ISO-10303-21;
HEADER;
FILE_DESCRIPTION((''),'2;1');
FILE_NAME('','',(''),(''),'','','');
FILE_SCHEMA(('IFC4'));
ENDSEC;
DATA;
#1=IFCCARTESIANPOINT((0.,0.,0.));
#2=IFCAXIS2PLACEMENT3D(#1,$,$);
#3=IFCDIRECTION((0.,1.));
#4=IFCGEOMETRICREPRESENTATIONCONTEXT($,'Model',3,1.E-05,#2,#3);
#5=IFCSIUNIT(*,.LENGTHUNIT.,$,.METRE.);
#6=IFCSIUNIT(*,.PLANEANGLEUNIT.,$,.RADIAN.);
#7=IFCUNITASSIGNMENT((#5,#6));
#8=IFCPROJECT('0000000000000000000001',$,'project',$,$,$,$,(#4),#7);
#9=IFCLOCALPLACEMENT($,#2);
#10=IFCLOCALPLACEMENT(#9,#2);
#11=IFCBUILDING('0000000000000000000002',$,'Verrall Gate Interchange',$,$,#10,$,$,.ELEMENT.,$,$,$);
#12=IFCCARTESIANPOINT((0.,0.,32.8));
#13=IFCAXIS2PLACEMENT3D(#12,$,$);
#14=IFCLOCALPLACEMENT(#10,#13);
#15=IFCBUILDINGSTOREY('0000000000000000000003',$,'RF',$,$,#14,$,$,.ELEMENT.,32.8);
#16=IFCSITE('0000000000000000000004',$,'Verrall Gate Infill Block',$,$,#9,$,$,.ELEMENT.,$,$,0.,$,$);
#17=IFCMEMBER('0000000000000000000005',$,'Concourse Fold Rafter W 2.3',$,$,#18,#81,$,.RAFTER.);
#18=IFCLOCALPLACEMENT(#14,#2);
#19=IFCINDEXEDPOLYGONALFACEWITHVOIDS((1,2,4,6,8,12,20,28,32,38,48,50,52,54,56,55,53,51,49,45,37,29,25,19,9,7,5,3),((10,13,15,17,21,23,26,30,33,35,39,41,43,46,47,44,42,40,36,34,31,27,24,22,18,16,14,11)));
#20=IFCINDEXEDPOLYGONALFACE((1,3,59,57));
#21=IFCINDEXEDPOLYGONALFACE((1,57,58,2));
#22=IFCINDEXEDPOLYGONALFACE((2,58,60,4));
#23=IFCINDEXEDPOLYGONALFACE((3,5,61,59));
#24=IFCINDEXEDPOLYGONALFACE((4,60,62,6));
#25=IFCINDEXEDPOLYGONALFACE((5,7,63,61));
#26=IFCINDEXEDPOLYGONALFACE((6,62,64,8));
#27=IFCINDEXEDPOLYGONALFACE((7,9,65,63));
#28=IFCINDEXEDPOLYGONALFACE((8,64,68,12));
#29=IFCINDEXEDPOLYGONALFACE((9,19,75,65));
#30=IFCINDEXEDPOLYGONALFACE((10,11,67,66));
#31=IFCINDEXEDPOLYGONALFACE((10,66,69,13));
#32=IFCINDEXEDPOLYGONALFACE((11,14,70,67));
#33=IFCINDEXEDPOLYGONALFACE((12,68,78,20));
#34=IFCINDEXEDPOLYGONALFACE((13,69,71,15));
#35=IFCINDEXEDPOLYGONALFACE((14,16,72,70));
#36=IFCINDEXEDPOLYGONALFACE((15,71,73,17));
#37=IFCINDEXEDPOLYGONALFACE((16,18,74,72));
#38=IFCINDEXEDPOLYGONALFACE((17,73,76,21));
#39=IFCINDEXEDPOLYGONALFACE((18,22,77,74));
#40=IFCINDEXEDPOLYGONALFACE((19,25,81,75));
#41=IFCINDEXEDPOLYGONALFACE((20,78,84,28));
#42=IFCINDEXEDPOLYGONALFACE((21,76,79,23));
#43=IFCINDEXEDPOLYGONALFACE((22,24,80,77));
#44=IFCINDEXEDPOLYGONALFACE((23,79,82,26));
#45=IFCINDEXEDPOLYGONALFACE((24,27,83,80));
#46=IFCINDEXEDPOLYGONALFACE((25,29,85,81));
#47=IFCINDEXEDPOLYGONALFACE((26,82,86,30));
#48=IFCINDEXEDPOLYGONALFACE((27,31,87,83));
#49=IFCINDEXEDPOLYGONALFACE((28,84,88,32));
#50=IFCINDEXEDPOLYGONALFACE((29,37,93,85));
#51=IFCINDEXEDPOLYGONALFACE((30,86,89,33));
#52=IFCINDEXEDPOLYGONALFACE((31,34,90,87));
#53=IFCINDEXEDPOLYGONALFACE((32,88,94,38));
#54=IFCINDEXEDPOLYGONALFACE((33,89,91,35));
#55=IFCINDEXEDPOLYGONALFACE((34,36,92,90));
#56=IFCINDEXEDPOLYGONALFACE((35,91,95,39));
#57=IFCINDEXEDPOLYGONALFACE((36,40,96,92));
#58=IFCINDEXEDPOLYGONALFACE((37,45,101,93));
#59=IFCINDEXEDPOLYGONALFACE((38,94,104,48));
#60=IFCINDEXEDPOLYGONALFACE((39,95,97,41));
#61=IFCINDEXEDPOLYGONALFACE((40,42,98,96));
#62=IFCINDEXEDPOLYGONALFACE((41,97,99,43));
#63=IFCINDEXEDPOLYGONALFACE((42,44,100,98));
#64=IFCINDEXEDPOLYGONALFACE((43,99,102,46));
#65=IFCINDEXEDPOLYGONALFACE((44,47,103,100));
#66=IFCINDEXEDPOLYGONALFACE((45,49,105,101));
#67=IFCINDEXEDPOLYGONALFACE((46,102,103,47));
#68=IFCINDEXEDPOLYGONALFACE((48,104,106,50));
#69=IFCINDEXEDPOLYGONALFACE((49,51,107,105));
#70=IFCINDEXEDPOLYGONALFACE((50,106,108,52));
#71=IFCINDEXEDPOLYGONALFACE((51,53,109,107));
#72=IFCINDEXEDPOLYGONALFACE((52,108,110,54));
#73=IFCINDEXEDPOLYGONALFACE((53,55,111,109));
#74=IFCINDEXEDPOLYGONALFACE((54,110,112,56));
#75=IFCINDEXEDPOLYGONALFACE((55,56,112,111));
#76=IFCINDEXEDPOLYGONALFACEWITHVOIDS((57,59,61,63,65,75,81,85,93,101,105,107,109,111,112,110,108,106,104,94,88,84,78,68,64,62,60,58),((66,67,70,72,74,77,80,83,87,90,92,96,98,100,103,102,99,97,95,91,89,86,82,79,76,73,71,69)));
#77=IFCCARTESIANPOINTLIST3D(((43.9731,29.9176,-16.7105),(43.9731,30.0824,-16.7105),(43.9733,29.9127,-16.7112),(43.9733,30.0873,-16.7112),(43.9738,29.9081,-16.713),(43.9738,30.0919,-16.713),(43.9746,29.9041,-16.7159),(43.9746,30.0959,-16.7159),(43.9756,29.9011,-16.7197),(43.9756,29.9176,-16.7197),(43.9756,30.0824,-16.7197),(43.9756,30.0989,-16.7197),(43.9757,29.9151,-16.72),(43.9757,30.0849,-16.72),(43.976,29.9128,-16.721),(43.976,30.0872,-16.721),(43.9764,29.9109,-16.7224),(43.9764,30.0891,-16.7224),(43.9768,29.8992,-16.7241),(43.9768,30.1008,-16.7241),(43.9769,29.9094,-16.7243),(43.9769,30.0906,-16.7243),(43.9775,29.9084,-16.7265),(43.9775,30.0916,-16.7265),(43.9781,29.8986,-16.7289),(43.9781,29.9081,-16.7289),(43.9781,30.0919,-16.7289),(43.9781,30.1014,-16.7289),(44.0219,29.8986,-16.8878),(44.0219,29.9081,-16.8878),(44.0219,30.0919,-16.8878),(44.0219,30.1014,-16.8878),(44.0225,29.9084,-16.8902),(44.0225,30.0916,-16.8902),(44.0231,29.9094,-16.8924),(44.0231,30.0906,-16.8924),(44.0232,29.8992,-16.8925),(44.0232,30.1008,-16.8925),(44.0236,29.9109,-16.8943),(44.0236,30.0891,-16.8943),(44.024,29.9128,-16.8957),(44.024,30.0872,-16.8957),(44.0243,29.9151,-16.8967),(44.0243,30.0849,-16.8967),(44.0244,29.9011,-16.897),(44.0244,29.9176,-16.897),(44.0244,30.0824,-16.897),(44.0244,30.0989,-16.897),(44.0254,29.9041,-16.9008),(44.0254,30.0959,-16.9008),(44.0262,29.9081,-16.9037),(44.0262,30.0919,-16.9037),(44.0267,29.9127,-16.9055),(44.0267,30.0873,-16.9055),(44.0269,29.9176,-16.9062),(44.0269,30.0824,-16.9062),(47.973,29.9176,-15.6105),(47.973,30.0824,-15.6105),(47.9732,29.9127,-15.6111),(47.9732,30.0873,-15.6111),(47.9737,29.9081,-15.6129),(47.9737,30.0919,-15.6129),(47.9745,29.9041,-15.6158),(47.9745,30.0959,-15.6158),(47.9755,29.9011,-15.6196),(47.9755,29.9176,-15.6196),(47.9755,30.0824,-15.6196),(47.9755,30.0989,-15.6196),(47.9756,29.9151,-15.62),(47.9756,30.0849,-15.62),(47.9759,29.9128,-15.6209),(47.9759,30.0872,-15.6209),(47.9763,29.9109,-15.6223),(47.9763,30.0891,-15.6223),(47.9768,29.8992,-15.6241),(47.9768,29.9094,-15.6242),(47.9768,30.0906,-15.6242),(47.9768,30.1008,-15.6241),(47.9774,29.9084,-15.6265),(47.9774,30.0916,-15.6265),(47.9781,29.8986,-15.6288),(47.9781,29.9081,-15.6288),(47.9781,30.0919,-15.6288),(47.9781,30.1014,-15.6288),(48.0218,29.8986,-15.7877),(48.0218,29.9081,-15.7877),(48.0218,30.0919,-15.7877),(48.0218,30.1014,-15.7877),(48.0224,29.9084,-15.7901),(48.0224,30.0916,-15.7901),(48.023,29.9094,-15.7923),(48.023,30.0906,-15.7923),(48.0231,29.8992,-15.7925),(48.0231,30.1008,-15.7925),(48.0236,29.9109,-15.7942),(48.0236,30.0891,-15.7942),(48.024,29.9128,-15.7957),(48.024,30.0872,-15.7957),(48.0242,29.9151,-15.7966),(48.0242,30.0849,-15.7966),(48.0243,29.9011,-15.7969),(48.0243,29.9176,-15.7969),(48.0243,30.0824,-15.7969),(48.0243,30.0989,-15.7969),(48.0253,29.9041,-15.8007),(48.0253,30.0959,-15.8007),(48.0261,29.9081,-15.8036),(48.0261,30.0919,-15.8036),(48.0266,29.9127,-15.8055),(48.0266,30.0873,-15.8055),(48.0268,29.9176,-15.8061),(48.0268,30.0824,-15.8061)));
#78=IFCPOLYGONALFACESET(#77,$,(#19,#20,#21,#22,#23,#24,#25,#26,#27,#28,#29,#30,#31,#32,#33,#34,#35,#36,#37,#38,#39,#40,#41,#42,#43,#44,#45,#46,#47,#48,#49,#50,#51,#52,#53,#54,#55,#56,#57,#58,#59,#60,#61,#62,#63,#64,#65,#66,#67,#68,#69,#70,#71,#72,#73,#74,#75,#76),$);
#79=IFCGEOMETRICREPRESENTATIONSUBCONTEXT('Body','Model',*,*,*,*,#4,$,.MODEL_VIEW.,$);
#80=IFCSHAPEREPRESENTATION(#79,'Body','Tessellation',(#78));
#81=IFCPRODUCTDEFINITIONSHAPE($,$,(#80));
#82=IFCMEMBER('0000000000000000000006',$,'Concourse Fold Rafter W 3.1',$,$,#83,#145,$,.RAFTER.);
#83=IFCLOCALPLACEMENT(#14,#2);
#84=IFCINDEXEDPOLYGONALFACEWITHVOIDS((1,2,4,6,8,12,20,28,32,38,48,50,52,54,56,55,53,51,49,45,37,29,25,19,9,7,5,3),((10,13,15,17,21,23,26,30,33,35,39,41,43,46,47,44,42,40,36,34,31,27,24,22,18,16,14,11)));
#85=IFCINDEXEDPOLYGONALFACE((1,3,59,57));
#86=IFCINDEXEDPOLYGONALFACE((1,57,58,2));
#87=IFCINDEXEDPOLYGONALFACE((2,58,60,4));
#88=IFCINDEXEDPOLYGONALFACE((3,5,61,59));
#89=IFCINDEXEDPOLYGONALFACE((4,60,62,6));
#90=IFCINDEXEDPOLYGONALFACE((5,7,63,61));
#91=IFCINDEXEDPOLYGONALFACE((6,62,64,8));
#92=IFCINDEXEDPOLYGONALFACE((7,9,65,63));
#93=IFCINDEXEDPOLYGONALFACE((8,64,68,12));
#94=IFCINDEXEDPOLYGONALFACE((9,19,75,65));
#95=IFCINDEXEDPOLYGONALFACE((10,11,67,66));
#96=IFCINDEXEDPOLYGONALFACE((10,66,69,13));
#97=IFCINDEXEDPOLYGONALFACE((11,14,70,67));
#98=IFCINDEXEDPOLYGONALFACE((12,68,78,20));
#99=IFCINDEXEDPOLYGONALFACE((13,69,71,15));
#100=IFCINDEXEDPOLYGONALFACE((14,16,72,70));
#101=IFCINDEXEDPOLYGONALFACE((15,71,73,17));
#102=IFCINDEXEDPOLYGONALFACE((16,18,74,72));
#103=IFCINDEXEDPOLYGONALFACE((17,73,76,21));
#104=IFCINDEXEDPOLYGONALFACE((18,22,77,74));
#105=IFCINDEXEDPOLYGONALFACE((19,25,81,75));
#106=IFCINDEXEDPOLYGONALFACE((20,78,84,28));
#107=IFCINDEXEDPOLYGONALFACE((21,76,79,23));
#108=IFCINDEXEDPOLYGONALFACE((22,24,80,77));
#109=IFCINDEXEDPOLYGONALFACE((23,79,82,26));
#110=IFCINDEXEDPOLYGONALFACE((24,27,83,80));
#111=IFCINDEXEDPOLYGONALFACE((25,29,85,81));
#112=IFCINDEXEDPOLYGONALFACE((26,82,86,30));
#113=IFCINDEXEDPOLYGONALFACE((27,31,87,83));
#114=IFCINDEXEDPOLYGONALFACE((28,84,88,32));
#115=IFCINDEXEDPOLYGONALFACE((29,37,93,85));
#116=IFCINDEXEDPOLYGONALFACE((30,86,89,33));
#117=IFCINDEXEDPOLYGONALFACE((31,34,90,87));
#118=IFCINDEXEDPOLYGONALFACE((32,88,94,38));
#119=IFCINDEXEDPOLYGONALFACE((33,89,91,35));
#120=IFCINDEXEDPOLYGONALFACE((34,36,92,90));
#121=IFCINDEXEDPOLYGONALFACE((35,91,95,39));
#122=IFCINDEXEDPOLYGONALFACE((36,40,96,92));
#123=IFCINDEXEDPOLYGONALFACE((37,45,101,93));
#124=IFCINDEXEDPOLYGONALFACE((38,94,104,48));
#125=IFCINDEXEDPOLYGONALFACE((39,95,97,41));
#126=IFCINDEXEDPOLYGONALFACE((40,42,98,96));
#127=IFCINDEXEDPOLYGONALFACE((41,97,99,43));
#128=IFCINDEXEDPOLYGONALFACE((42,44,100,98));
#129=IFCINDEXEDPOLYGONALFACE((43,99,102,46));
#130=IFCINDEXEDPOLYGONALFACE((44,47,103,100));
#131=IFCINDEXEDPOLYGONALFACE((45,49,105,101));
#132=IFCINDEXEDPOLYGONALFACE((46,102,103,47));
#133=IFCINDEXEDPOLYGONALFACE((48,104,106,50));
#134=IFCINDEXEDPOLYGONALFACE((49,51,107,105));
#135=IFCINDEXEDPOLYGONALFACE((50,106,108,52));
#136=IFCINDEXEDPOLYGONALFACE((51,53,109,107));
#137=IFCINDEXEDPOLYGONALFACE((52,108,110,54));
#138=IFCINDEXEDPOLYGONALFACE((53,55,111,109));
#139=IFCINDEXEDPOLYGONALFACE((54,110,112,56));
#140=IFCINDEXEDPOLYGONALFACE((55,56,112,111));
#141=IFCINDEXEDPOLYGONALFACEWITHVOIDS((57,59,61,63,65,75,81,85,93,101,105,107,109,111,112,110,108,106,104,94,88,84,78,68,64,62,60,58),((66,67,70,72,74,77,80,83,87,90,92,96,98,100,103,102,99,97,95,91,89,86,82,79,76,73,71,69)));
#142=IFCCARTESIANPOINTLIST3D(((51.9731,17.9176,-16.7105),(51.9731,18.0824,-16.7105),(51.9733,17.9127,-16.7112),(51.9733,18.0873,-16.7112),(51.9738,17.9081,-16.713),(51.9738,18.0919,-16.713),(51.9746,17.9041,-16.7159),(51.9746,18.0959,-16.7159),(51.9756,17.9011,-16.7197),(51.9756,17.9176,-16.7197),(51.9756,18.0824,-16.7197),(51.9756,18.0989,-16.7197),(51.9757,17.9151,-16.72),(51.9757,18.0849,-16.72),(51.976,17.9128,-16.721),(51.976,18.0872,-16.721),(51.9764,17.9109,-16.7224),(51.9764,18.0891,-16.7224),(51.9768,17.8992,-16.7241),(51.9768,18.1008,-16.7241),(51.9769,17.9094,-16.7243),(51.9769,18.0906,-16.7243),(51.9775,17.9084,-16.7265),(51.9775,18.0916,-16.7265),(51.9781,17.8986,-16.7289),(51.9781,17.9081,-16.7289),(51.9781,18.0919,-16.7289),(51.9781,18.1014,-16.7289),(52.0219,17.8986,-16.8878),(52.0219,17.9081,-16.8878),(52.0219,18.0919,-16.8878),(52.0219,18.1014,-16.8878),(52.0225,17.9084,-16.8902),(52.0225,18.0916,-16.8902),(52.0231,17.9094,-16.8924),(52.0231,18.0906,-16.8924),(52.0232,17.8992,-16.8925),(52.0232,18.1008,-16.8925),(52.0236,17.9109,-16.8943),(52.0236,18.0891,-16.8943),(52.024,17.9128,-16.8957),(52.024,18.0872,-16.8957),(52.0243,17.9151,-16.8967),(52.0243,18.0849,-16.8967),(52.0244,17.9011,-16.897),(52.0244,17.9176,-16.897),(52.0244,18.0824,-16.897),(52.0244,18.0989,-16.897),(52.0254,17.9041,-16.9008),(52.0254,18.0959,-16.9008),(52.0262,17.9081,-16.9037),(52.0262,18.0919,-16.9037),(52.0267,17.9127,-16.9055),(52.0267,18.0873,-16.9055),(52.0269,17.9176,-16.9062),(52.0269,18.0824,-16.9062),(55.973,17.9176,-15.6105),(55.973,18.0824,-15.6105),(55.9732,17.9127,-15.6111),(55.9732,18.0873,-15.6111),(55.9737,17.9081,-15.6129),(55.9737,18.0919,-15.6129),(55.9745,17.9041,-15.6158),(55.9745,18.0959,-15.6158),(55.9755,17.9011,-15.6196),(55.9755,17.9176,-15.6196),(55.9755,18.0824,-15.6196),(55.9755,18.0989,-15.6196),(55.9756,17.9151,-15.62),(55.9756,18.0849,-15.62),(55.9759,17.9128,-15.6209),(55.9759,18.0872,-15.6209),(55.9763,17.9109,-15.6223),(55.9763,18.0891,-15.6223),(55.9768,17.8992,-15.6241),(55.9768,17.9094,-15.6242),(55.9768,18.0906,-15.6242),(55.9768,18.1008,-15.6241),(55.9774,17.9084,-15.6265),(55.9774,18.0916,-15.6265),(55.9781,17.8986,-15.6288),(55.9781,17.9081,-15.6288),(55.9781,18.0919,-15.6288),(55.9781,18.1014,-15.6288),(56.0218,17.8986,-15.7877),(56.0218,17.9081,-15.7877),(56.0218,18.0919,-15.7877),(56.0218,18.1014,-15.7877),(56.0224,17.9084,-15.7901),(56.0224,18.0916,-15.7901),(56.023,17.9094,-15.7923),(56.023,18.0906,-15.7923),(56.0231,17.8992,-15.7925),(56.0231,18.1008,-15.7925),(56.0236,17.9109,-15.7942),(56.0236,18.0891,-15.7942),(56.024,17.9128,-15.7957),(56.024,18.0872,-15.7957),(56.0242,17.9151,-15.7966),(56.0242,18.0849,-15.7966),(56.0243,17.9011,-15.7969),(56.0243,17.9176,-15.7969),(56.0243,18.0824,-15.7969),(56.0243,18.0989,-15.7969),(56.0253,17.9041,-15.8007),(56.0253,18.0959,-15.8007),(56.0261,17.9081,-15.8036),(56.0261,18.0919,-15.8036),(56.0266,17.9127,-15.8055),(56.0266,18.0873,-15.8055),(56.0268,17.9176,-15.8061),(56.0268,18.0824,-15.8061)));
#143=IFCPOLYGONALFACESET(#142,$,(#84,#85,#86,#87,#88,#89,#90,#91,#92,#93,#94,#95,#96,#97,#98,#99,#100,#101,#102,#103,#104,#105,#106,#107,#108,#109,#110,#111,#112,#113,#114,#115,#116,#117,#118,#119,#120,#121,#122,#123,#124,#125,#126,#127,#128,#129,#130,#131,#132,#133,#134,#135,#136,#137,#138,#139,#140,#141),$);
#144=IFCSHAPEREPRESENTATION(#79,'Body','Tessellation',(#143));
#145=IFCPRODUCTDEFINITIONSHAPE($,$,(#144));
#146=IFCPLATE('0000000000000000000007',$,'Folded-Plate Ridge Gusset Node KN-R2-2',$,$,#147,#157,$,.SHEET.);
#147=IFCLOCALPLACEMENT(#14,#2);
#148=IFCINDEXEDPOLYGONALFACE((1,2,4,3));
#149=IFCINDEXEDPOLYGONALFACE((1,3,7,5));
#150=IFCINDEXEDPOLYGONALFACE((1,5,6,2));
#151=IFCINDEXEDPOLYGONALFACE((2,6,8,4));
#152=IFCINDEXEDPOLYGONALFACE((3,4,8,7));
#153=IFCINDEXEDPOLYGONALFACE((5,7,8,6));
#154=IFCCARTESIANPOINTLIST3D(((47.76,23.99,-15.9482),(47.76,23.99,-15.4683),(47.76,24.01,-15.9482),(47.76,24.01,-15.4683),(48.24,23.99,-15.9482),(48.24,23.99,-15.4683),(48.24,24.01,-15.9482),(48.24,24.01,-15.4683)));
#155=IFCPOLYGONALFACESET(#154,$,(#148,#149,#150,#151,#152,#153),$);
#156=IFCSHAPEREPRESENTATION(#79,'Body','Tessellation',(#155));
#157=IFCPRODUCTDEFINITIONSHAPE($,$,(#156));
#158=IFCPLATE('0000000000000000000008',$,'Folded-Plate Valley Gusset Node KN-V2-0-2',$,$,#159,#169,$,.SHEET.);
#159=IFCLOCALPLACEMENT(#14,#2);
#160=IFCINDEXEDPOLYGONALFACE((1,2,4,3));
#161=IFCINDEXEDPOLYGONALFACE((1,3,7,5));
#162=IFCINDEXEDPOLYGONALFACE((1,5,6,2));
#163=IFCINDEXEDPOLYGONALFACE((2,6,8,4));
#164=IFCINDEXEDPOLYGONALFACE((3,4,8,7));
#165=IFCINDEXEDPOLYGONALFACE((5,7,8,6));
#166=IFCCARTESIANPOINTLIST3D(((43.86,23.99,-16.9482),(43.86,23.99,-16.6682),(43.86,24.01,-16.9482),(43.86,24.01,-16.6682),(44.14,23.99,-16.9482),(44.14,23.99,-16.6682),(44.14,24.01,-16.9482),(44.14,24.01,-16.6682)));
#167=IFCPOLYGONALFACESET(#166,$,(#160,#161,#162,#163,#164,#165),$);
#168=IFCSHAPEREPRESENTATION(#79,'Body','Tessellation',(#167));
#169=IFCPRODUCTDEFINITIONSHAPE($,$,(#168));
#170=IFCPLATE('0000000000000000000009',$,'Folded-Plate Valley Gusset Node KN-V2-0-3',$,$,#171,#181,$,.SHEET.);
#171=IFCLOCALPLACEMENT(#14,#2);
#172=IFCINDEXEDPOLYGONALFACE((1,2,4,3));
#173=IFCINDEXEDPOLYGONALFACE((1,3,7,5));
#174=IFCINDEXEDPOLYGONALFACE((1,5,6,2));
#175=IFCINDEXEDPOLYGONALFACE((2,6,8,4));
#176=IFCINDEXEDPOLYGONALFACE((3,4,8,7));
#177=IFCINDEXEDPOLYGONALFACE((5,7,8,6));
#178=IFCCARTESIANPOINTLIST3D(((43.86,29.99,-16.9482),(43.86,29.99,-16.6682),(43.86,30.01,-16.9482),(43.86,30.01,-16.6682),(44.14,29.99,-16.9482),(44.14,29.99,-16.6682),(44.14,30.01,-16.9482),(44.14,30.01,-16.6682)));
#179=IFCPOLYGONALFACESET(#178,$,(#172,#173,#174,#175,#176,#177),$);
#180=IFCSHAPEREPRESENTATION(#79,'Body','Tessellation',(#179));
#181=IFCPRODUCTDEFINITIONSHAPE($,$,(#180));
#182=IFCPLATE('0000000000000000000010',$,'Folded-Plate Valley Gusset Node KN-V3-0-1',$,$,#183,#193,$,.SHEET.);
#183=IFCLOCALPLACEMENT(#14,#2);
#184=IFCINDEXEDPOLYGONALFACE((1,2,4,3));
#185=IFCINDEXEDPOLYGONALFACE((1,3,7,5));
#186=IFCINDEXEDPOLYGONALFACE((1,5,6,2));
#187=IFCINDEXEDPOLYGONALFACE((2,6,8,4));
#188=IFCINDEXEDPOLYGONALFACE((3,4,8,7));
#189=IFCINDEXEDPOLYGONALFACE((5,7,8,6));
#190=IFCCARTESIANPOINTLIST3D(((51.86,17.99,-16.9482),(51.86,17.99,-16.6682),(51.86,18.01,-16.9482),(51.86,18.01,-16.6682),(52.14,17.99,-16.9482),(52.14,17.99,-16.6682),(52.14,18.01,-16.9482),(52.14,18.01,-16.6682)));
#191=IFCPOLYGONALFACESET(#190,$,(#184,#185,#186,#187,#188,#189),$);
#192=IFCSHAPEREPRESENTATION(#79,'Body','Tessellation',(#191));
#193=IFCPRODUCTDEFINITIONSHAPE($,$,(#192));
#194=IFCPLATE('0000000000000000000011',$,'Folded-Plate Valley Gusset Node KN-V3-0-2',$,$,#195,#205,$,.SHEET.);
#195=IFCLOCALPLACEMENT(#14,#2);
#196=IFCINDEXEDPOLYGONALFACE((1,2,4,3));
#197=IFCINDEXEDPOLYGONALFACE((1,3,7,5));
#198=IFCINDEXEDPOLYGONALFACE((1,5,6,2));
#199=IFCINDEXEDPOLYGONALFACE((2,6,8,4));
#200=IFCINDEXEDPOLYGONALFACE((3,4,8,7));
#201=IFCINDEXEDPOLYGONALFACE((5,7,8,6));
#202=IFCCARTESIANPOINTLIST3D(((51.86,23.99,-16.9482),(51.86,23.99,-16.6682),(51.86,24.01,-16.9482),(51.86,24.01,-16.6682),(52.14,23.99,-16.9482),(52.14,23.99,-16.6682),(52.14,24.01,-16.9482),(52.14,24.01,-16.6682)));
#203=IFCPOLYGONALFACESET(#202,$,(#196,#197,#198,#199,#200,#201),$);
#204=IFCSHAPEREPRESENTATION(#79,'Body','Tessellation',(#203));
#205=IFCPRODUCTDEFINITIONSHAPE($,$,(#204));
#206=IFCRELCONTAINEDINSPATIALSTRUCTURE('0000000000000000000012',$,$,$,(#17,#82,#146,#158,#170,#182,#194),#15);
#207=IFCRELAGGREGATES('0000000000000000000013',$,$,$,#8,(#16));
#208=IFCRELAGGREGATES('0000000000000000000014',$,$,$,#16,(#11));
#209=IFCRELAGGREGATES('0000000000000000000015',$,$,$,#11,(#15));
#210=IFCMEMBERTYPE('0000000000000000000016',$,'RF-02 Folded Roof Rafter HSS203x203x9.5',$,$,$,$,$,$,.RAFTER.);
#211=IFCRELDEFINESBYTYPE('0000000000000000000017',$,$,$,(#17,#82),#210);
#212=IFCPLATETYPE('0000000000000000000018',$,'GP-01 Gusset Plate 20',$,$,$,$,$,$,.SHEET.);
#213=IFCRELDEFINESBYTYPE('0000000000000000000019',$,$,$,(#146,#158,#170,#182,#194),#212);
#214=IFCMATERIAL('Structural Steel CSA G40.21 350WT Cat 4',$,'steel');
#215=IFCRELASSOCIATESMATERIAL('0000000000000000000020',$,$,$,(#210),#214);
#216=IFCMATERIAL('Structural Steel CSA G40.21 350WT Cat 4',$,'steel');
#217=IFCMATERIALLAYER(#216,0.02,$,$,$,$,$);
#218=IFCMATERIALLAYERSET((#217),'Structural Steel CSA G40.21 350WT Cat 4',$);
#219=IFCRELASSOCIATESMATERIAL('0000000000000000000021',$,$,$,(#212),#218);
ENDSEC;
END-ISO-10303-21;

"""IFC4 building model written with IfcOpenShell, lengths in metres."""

from ifc_helpers import new_model, si_unit, direction, frame, origin, origin_2d, place, context, subcontext, project, spatial, rectangle, hollow_rectangle, extrude, material, layer, layer_set, material_profile, profile_set, type_object, element, save


model = new_model("IFC4")

# Units and contexts
model_context = context("Model", 3, precision=1e-05, world=origin(), true_north=direction((0.0, 1.0)))
body_context = subcontext(model_context, "Body", "Model", "MODEL_VIEW")
ifc_project = project(units=[si_unit("LENGTHUNIT", "METRE"), si_unit("PLANEANGLEUNIT", "RADIAN")], contexts=[model_context])

# Site, building, storey
site_placement = place(None, origin())
site = spatial("IfcSite", under=ifc_project, at=site_placement, Name="Verrall Gate Infill Block", CompositionType="ELEMENT", RefElevation=0.0)
building_placement = place(site_placement, origin())
building = spatial("IfcBuilding", under=site, at=building_placement, Name="Verrall Gate Interchange", CompositionType="ELEMENT")
storey_placement = place(building_placement, frame((0.0, 0.0, 32.8)))
storey = spatial("IfcBuildingStorey", under=building, at=storey_placement, Name="RF", CompositionType="ELEMENT", Elevation=32.8)

# Members
ifc_material_1 = material(Name="Structural Steel CSA G40.21 350WT Cat 4", Category="steel")
ifc_material_profile_1 = material_profile(ifc_material_1, hollow_rectangle(XDim=0.2029, YDim=0.2029, WallThickness=0.0095, InnerFilletRadius=0.0095, OuterFilletRadius=0.019, at=origin_2d()), Name="HSS203x203x9.5")
ifc_profile_set_1 = profile_set([ifc_material_profile_1], Name="Structural Steel CSA G40.21 350WT Cat 4")
member_type_1 = type_object("IfcMemberType", Name="RF-02 Folded Roof Rafter HSS203x203x9.5", PredefinedType="RAFTER", material=ifc_profile_set_1)
for number, where, z_axis, x_axis, name in (
    (1, (44.0, 30.0, -16.8083), (0.964199, 0.0, 0.265178), (0.0, 1.0, 0.0), "Concourse Fold Rafter W 2.3"),
    (2, (52.0, 18.0, -16.8083), (0.964199, 0.0, 0.265178), (0.0, 1.0, 0.0), "Concourse Fold Rafter W 3.1"),
):
    element("IfcMember", number, at=place(storey_placement, frame(where, z_axis=z_axis, x_axis=x_axis)), inside=storey, type_object=member_type_1, Name=name, PredefinedType="RAFTER", context=body_context, shape_type="SweptSolid", body=[
        extrude(hollow_rectangle(XDim=0.2029, YDim=0.2029, WallThickness=0.0095, InnerFilletRadius=0.0095, OuterFilletRadius=0.019, at=origin_2d()), origin(), (0.0, 0.0, 1.0), 4.1484),
    ])

# Plates
ifc_material_2 = material(Name="Structural Steel CSA G40.21 350WT Cat 4", Category="steel")
ifc_layer = layer(ifc_material_2, 0.02)
ifc_layer_set = layer_set([ifc_layer], Name="Structural Steel CSA G40.21 350WT Cat 4")
plate_type = type_object("IfcPlateType", Name="GP-01 Gusset Plate 20", PredefinedType="SHEET", material=ifc_layer_set)
plate_placement = place(storey_placement, frame((48.0, 24.0, -15.9482), z_axis=(0.0, 0.0, 1.0), x_axis=(1.0, 0.0, 0.0)))
element("IfcPlate", 3, at=plate_placement, inside=storey, type_object=plate_type, Name="Folded-Plate Ridge Gusset Node KN-R2-2", PredefinedType="SHEET", context=body_context, shape_type="SweptSolid", body=[
    extrude(rectangle(XDim=0.48, YDim=0.02, at=origin_2d()), origin(), (0.0, 0.0, 1.0), 0.48),
])
for number, where, z_axis, x_axis, name in (
    (4, (44.0, 24.0, -16.9482), (0.0, 0.0, 1.0), (1.0, 0.0, 0.0), "Folded-Plate Valley Gusset Node KN-V2-0-2"),
    (5, (44.0, 30.0, -16.9482), (0.0, 0.0, 1.0), (1.0, 0.0, 0.0), "Folded-Plate Valley Gusset Node KN-V2-0-3"),
    (6, (52.0, 18.0, -16.9482), (0.0, 0.0, 1.0), (1.0, 0.0, 0.0), "Folded-Plate Valley Gusset Node KN-V3-0-1"),
    (7, (52.0, 24.0, -16.9482), (0.0, 0.0, 1.0), (1.0, 0.0, 0.0), "Folded-Plate Valley Gusset Node KN-V3-0-2"),
):
    element("IfcPlate", number, at=place(storey_placement, frame(where, z_axis=z_axis, x_axis=x_axis)), inside=storey, type_object=plate_type, Name=name, PredefinedType="SHEET", context=body_context, shape_type="SweptSolid", body=[
        extrude(rectangle(XDim=0.28, YDim=0.02, at=origin_2d()), origin(), (0.0, 0.0, 1.0), 0.28),
    ])

save(model, "model.ifc")
